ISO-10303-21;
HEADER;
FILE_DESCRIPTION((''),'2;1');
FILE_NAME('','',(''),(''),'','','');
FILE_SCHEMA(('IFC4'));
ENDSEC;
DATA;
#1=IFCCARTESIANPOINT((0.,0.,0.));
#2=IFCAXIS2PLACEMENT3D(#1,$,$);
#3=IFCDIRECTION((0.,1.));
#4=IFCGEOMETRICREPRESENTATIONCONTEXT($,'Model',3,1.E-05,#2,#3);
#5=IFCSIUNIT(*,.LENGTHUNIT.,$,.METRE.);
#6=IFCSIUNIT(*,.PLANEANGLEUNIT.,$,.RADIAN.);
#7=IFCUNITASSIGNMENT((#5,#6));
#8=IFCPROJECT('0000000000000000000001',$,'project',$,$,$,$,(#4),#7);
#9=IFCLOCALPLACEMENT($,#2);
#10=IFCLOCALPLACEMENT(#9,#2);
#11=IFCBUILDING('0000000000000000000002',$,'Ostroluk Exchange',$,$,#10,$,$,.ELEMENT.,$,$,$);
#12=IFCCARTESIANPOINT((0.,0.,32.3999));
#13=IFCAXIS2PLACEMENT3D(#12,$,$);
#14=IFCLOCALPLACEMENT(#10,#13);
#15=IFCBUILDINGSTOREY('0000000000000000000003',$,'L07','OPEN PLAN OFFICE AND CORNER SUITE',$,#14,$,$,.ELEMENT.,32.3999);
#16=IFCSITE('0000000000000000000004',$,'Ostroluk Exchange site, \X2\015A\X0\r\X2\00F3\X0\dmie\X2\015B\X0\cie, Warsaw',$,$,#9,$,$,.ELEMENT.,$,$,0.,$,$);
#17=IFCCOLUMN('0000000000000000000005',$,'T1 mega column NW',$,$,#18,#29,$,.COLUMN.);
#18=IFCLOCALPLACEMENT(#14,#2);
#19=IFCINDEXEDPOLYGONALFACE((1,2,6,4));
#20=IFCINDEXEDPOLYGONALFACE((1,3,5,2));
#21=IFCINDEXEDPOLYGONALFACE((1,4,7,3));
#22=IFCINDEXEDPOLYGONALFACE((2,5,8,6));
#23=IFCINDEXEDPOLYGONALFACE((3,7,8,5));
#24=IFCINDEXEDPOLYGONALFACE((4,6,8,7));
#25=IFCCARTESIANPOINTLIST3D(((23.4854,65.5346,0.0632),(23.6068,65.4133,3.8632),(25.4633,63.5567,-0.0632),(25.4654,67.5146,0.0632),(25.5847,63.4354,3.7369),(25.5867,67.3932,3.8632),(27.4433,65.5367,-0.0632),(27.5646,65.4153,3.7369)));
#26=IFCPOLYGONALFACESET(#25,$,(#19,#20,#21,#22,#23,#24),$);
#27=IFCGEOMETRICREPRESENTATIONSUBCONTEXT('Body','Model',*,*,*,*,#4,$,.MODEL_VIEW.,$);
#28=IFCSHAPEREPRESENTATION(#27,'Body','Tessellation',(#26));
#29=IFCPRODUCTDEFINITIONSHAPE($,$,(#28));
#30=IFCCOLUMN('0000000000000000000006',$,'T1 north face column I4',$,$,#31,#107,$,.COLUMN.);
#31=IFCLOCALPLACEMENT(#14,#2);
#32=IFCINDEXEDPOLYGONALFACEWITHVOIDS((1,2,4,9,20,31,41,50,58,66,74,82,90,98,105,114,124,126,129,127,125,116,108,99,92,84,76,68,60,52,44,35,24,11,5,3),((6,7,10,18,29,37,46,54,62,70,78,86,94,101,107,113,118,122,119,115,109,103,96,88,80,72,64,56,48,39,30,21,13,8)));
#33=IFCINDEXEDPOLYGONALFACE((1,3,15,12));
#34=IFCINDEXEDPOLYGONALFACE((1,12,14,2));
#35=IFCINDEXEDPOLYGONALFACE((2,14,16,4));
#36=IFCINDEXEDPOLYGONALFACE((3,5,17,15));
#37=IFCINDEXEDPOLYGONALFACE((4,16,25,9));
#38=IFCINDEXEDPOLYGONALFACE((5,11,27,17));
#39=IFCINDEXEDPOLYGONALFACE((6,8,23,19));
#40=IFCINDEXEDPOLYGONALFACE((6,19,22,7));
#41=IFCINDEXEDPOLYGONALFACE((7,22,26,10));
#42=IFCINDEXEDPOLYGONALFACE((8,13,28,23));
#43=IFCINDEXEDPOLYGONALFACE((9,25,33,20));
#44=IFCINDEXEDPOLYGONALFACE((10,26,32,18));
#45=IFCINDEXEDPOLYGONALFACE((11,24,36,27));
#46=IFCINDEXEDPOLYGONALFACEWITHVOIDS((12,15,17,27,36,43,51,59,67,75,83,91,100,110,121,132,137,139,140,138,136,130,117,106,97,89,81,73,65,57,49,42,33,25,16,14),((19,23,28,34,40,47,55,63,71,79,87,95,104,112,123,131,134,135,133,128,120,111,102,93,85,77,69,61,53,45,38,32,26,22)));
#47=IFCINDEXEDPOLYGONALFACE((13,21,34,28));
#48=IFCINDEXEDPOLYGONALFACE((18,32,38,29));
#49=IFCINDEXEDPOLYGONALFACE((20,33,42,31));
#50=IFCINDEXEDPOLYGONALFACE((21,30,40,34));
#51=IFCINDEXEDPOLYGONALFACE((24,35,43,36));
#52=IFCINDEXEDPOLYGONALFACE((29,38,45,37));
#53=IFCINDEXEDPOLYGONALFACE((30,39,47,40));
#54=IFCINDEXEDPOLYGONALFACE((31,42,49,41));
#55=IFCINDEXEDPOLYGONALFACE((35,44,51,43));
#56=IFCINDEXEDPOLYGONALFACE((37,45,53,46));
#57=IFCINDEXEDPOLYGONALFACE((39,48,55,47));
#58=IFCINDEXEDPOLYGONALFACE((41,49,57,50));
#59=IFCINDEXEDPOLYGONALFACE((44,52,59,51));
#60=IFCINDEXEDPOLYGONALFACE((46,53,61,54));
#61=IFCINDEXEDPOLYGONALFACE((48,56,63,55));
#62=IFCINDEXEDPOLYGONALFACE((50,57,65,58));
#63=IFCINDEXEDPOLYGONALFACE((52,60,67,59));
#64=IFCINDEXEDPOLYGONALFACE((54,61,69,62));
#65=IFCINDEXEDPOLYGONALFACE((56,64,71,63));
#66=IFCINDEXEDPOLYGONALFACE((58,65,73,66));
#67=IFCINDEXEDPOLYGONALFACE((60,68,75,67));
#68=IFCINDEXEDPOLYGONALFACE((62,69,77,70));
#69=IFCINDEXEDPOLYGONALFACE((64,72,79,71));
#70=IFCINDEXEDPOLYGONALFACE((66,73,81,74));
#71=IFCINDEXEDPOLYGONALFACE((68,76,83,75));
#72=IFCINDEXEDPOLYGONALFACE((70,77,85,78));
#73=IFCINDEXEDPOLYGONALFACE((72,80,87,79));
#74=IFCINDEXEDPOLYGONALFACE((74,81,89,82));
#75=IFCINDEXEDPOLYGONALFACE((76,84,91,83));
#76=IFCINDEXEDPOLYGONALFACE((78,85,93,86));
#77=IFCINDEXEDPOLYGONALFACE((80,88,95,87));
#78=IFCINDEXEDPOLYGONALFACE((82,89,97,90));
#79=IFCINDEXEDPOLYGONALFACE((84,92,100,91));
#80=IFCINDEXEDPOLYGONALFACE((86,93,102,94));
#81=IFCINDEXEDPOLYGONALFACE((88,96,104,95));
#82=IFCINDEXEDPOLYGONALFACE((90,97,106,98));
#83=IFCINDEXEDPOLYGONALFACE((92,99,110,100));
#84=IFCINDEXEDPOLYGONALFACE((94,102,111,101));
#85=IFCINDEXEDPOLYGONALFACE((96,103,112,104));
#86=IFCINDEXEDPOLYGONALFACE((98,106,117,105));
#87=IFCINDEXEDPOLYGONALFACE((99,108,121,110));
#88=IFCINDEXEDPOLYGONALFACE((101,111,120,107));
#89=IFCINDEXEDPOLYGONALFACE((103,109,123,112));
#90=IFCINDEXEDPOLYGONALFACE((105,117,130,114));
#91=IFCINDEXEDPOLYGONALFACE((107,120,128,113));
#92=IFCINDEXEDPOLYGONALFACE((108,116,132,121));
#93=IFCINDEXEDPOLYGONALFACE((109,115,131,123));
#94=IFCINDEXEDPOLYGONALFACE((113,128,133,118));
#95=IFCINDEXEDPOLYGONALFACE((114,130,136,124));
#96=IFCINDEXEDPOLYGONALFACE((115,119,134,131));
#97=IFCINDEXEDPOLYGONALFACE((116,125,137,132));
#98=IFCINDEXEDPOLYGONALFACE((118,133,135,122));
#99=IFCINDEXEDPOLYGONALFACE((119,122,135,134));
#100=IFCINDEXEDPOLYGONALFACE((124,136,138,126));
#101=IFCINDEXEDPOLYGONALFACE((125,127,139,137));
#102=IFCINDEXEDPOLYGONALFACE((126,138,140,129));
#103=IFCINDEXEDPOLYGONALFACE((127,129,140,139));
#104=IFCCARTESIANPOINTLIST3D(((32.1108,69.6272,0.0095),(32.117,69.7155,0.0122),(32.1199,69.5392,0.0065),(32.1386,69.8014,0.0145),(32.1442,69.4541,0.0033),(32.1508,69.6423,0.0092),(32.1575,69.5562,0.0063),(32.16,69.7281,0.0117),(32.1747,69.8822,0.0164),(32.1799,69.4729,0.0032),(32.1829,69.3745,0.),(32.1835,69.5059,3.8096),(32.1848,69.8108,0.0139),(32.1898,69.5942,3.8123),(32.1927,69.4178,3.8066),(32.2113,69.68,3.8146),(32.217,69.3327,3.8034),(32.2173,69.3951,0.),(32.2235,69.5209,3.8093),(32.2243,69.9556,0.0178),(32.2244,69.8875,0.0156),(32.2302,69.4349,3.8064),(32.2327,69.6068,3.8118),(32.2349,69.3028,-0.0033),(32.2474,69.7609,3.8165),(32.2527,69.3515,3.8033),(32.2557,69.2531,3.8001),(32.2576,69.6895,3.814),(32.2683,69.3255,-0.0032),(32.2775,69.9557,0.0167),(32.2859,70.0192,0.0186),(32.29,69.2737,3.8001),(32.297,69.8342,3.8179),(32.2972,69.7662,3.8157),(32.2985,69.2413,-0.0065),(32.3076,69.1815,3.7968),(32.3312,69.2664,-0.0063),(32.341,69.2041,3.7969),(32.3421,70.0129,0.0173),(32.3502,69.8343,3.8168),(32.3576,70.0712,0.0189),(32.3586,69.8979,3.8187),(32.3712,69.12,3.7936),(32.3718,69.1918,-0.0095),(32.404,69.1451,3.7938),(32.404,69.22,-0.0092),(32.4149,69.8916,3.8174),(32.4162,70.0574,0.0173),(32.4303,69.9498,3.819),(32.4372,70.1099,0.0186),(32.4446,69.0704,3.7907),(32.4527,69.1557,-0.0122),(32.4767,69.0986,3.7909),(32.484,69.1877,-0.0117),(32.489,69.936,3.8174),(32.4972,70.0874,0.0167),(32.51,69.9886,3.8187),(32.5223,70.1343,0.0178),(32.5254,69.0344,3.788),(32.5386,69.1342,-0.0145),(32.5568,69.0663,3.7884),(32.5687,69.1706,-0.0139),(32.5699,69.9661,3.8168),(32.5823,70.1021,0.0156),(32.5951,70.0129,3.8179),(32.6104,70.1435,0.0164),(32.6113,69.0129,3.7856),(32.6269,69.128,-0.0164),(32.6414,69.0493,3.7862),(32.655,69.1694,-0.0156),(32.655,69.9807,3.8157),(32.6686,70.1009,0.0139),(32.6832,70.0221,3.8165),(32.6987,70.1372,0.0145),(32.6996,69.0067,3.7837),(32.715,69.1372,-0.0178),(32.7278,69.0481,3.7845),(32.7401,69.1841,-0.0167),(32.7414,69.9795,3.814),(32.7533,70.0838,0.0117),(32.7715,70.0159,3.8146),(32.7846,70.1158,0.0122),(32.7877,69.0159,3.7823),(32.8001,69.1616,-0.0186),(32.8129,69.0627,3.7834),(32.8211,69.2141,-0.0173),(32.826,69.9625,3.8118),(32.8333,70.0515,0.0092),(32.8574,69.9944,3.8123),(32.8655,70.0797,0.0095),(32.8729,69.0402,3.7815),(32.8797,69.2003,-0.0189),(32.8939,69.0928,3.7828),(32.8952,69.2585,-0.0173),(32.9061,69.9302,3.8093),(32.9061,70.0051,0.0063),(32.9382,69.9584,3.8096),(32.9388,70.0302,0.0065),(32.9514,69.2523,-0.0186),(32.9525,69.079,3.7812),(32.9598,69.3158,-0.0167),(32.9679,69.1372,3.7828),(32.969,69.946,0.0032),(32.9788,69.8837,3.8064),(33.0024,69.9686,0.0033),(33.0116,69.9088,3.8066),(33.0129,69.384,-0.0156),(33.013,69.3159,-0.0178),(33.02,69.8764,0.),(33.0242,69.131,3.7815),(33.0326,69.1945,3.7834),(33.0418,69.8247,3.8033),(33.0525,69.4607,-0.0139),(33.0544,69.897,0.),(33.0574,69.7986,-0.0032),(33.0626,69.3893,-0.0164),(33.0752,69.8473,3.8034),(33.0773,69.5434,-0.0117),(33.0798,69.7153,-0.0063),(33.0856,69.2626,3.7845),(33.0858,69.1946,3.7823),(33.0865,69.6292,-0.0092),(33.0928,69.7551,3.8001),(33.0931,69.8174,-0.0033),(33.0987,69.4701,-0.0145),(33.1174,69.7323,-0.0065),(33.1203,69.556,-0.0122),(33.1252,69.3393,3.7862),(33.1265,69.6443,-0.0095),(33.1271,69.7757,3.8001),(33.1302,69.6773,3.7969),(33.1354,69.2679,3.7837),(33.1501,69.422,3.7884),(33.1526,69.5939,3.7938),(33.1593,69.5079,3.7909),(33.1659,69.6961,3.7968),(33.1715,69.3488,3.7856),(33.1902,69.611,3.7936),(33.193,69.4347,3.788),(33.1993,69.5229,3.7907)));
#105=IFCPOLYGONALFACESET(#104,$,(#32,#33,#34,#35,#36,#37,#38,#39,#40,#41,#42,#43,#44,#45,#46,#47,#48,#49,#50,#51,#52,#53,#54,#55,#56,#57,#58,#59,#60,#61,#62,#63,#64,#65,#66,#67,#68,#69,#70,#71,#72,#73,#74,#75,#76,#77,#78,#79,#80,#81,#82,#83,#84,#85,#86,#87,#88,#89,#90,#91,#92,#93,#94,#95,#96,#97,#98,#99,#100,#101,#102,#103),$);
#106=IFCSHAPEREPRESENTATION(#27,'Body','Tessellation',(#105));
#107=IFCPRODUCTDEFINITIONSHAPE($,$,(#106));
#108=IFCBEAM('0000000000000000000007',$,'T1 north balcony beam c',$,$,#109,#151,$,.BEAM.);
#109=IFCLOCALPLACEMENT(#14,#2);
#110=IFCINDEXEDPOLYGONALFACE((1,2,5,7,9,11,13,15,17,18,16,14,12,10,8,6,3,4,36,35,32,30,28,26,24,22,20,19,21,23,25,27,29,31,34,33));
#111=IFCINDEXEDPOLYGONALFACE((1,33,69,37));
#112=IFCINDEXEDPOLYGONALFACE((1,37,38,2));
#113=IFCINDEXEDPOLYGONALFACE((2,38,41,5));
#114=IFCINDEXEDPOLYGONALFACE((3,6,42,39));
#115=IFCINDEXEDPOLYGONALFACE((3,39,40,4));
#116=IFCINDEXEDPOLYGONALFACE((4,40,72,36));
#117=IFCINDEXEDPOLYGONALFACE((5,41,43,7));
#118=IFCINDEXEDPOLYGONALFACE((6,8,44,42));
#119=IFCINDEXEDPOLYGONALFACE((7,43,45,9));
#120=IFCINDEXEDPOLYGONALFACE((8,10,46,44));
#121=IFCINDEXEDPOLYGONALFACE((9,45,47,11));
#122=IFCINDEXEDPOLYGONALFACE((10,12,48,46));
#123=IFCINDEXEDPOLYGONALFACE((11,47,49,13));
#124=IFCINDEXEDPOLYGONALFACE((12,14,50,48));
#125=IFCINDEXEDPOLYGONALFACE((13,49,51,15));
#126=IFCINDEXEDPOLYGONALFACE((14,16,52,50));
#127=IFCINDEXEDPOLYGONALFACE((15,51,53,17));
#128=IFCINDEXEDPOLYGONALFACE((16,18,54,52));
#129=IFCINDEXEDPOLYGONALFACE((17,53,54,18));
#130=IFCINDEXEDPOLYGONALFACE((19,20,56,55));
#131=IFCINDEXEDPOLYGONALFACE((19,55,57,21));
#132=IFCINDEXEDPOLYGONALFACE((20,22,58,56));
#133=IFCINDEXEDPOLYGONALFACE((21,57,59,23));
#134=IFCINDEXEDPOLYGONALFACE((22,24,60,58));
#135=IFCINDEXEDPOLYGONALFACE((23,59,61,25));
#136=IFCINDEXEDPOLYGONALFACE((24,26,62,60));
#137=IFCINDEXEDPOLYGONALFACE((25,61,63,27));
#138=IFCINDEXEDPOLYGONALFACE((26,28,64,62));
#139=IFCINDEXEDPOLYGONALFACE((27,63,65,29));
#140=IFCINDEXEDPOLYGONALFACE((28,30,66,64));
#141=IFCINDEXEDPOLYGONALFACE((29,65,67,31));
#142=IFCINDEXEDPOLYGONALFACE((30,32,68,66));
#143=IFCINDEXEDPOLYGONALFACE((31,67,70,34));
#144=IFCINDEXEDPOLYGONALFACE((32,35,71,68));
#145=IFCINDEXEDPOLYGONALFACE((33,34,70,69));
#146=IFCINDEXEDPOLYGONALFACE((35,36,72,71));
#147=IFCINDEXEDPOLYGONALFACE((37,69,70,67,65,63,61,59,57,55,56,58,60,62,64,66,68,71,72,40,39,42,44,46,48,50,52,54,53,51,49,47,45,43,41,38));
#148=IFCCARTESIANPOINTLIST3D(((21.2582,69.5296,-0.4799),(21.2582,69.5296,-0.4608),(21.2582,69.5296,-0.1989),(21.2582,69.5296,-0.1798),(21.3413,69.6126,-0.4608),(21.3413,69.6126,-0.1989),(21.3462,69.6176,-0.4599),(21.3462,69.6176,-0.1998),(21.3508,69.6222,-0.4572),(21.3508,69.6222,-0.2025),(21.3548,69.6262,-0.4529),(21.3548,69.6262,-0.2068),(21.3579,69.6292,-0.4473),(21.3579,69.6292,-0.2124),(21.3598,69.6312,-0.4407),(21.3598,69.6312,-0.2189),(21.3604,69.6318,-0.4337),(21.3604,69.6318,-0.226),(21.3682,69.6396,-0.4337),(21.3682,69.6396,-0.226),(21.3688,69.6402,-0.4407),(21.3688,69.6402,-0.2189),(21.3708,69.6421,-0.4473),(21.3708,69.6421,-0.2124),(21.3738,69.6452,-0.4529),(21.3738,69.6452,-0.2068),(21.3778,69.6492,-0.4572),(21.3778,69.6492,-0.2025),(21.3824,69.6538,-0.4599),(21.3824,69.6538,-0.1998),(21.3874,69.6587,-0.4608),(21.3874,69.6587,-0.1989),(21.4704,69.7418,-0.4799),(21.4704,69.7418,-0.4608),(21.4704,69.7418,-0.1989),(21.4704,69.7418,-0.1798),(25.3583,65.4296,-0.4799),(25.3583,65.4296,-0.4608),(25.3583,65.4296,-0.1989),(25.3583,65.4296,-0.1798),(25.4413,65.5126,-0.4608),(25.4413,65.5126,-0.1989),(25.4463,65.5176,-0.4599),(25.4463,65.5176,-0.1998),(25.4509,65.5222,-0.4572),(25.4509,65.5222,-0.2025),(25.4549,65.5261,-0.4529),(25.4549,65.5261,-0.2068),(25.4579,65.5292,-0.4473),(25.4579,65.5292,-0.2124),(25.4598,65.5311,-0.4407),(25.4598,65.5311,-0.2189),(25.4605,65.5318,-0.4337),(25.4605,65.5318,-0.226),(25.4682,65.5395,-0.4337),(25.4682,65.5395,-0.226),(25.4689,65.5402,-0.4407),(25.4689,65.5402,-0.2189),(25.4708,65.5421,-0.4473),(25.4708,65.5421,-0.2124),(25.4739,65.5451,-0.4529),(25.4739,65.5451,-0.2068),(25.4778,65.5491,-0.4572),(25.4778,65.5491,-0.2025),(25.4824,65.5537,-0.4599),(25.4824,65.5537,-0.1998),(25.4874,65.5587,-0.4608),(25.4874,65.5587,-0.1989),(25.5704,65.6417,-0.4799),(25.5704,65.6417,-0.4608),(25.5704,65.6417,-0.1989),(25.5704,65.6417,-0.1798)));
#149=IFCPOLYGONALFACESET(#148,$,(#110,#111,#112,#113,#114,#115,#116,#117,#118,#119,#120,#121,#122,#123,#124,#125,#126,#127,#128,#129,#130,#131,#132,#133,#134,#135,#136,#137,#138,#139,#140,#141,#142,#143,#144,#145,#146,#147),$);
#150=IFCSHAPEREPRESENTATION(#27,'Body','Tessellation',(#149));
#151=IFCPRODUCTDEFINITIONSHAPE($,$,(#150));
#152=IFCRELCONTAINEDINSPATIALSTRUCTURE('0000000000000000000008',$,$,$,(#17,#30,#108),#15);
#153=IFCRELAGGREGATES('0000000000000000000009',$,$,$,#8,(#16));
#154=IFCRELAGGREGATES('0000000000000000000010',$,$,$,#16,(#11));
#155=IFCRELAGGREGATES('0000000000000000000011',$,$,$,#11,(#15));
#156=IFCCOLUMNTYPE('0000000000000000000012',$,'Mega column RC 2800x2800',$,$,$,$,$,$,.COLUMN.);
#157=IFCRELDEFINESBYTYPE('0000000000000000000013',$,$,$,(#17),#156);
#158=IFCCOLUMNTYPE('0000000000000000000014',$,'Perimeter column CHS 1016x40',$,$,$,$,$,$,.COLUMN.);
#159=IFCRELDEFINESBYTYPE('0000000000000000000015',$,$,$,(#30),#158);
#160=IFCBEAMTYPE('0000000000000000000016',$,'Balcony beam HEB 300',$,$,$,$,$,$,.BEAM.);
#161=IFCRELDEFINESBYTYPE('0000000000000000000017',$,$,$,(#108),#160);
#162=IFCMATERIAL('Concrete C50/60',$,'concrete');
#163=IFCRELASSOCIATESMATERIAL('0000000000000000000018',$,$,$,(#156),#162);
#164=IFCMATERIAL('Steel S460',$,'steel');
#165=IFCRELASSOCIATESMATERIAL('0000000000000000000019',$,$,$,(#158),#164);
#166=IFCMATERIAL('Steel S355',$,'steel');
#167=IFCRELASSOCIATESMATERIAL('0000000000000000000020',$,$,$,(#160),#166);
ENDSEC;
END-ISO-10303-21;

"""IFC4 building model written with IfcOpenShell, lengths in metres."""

from ifc_helpers import new_model, si_unit, direction, frame, origin, origin_2d, place, context, subcontext, project, spatial, rectangle, hollow_circle, i_section, extrude, material, material_profile, profile_set, type_object, element, save


model = new_model("IFC4")

# Units and contexts
model_context = context("Model", 3, precision=1e-05, world=origin(), true_north=direction((0.0, 1.0)))
body_context = subcontext(model_context, "Body", "Model", "MODEL_VIEW")
ifc_project = project(units=[si_unit("LENGTHUNIT", "METRE"), si_unit("PLANEANGLEUNIT", "RADIAN")], contexts=[model_context])

# Site, building, storey
site_placement = place(None, origin())
site = spatial("IfcSite", under=ifc_project, at=site_placement, Name="Ostroluk Exchange site, Śródmieście, Warsaw", CompositionType="ELEMENT", RefElevation=0.0)
building_placement = place(site_placement, origin())
building = spatial("IfcBuilding", under=site, at=building_placement, Name="Ostroluk Exchange", CompositionType="ELEMENT")
storey_placement = place(building_placement, frame((0.0, 0.0, 32.3999)))
storey = spatial("IfcBuildingStorey", under=building, at=storey_placement, Name="L07", Description="OPEN PLAN OFFICE AND CORNER SUITE", CompositionType="ELEMENT", Elevation=32.3999)

# Columns
ifc_material_1 = material(Name="Concrete C50/60", Category="concrete")
ifc_material_profile_1 = material_profile(ifc_material_1, rectangle(XDim=2.8, YDim=2.8, at=origin_2d()), Name="RC 2800x2800")
ifc_profile_set_1 = profile_set([ifc_material_profile_1], Name="Concrete C50/60")
column_type_1 = type_object("IfcColumnType", Name="Mega column RC 2800x2800", PredefinedType="COLUMN", material=ifc_profile_set_1)
column_1_placement = place(storey_placement, frame((25.4644, 65.5356, 0.0), z_axis=(0.031898, -0.031898, 0.998982), x_axis=(0.707107, 0.707107, 0.0)))
element("IfcColumn", 1, at=column_1_placement, inside=storey, type_object=column_type_1, Name="T1 mega column NW", PredefinedType="COLUMN", context=body_context, shape_type="SweptSolid", body=[
    extrude(rectangle(XDim=2.8, YDim=2.8, at=origin_2d()), origin(), (0.0, 0.0, 1.0), 3.804),
])
ifc_material_2 = material(Name="Steel S460", Category="steel")
ifc_material_profile_2 = material_profile(ifc_material_2, hollow_circle(Radius=0.5081, WallThickness=0.04, at=origin_2d()), Name="CHS 1016x40")
ifc_profile_set_2 = profile_set([ifc_material_profile_2], Name="Steel S460")
column_type_2 = type_object("IfcColumnType", Name="Perimeter column CHS 1016x40", PredefinedType="COLUMN", material=ifc_profile_set_2)
column_2_placement = place(storey_placement, frame((32.6187, 69.6357, 0.0), z_axis=(0.019132, -0.031909, 0.999308), x_axis=(0.857645, 0.514242, 0.0)))
element("IfcColumn", 2, at=column_2_placement, inside=storey, type_object=column_type_2, Name="T1 north face column I4", PredefinedType="COLUMN", context=body_context, shape_type="SweptSolid", body=[
    extrude(hollow_circle(Radius=0.5081, WallThickness=0.04, at=origin_2d()), origin(), (0.0, 0.0, 1.0), 3.8027),
])

# Beam
ifc_material_3 = material(Name="Steel S355", Category="steel")
ifc_material_profile_3 = material_profile(ifc_material_3, i_section(OverallWidth=0.3, OverallDepth=0.3, WebThickness=0.011, FlangeThickness=0.019, FilletRadius=0.0271, at=origin_2d()), Name="HEB 300")
ifc_profile_set_3 = profile_set([ifc_material_profile_3], Name="Steel S355")
beam_type_1 = type_object("IfcBeamType", Name="Balcony beam HEB 300", PredefinedType="BEAM", material=ifc_profile_set_3)
beam_1_placement = place(storey_placement, frame((25.4644, 65.5356, -0.3298), z_axis=(-0.707107, 0.707107, 0.0), x_axis=(-0.707107, -0.707107, 0.0)))
element("IfcBeam", 3, at=beam_1_placement, inside=storey, type_object=beam_type_1, Name="T1 north balcony beam c", PredefinedType="BEAM", context=body_context, shape_type="SweptSolid", body=[
    extrude(i_section(OverallWidth=0.3, OverallDepth=0.3, WebThickness=0.011, FlangeThickness=0.019, FilletRadius=0.0271, at=origin_2d()), origin(), (0.0, 0.0, 1.0), 5.7983),
])

save(model, "model.ifc")
